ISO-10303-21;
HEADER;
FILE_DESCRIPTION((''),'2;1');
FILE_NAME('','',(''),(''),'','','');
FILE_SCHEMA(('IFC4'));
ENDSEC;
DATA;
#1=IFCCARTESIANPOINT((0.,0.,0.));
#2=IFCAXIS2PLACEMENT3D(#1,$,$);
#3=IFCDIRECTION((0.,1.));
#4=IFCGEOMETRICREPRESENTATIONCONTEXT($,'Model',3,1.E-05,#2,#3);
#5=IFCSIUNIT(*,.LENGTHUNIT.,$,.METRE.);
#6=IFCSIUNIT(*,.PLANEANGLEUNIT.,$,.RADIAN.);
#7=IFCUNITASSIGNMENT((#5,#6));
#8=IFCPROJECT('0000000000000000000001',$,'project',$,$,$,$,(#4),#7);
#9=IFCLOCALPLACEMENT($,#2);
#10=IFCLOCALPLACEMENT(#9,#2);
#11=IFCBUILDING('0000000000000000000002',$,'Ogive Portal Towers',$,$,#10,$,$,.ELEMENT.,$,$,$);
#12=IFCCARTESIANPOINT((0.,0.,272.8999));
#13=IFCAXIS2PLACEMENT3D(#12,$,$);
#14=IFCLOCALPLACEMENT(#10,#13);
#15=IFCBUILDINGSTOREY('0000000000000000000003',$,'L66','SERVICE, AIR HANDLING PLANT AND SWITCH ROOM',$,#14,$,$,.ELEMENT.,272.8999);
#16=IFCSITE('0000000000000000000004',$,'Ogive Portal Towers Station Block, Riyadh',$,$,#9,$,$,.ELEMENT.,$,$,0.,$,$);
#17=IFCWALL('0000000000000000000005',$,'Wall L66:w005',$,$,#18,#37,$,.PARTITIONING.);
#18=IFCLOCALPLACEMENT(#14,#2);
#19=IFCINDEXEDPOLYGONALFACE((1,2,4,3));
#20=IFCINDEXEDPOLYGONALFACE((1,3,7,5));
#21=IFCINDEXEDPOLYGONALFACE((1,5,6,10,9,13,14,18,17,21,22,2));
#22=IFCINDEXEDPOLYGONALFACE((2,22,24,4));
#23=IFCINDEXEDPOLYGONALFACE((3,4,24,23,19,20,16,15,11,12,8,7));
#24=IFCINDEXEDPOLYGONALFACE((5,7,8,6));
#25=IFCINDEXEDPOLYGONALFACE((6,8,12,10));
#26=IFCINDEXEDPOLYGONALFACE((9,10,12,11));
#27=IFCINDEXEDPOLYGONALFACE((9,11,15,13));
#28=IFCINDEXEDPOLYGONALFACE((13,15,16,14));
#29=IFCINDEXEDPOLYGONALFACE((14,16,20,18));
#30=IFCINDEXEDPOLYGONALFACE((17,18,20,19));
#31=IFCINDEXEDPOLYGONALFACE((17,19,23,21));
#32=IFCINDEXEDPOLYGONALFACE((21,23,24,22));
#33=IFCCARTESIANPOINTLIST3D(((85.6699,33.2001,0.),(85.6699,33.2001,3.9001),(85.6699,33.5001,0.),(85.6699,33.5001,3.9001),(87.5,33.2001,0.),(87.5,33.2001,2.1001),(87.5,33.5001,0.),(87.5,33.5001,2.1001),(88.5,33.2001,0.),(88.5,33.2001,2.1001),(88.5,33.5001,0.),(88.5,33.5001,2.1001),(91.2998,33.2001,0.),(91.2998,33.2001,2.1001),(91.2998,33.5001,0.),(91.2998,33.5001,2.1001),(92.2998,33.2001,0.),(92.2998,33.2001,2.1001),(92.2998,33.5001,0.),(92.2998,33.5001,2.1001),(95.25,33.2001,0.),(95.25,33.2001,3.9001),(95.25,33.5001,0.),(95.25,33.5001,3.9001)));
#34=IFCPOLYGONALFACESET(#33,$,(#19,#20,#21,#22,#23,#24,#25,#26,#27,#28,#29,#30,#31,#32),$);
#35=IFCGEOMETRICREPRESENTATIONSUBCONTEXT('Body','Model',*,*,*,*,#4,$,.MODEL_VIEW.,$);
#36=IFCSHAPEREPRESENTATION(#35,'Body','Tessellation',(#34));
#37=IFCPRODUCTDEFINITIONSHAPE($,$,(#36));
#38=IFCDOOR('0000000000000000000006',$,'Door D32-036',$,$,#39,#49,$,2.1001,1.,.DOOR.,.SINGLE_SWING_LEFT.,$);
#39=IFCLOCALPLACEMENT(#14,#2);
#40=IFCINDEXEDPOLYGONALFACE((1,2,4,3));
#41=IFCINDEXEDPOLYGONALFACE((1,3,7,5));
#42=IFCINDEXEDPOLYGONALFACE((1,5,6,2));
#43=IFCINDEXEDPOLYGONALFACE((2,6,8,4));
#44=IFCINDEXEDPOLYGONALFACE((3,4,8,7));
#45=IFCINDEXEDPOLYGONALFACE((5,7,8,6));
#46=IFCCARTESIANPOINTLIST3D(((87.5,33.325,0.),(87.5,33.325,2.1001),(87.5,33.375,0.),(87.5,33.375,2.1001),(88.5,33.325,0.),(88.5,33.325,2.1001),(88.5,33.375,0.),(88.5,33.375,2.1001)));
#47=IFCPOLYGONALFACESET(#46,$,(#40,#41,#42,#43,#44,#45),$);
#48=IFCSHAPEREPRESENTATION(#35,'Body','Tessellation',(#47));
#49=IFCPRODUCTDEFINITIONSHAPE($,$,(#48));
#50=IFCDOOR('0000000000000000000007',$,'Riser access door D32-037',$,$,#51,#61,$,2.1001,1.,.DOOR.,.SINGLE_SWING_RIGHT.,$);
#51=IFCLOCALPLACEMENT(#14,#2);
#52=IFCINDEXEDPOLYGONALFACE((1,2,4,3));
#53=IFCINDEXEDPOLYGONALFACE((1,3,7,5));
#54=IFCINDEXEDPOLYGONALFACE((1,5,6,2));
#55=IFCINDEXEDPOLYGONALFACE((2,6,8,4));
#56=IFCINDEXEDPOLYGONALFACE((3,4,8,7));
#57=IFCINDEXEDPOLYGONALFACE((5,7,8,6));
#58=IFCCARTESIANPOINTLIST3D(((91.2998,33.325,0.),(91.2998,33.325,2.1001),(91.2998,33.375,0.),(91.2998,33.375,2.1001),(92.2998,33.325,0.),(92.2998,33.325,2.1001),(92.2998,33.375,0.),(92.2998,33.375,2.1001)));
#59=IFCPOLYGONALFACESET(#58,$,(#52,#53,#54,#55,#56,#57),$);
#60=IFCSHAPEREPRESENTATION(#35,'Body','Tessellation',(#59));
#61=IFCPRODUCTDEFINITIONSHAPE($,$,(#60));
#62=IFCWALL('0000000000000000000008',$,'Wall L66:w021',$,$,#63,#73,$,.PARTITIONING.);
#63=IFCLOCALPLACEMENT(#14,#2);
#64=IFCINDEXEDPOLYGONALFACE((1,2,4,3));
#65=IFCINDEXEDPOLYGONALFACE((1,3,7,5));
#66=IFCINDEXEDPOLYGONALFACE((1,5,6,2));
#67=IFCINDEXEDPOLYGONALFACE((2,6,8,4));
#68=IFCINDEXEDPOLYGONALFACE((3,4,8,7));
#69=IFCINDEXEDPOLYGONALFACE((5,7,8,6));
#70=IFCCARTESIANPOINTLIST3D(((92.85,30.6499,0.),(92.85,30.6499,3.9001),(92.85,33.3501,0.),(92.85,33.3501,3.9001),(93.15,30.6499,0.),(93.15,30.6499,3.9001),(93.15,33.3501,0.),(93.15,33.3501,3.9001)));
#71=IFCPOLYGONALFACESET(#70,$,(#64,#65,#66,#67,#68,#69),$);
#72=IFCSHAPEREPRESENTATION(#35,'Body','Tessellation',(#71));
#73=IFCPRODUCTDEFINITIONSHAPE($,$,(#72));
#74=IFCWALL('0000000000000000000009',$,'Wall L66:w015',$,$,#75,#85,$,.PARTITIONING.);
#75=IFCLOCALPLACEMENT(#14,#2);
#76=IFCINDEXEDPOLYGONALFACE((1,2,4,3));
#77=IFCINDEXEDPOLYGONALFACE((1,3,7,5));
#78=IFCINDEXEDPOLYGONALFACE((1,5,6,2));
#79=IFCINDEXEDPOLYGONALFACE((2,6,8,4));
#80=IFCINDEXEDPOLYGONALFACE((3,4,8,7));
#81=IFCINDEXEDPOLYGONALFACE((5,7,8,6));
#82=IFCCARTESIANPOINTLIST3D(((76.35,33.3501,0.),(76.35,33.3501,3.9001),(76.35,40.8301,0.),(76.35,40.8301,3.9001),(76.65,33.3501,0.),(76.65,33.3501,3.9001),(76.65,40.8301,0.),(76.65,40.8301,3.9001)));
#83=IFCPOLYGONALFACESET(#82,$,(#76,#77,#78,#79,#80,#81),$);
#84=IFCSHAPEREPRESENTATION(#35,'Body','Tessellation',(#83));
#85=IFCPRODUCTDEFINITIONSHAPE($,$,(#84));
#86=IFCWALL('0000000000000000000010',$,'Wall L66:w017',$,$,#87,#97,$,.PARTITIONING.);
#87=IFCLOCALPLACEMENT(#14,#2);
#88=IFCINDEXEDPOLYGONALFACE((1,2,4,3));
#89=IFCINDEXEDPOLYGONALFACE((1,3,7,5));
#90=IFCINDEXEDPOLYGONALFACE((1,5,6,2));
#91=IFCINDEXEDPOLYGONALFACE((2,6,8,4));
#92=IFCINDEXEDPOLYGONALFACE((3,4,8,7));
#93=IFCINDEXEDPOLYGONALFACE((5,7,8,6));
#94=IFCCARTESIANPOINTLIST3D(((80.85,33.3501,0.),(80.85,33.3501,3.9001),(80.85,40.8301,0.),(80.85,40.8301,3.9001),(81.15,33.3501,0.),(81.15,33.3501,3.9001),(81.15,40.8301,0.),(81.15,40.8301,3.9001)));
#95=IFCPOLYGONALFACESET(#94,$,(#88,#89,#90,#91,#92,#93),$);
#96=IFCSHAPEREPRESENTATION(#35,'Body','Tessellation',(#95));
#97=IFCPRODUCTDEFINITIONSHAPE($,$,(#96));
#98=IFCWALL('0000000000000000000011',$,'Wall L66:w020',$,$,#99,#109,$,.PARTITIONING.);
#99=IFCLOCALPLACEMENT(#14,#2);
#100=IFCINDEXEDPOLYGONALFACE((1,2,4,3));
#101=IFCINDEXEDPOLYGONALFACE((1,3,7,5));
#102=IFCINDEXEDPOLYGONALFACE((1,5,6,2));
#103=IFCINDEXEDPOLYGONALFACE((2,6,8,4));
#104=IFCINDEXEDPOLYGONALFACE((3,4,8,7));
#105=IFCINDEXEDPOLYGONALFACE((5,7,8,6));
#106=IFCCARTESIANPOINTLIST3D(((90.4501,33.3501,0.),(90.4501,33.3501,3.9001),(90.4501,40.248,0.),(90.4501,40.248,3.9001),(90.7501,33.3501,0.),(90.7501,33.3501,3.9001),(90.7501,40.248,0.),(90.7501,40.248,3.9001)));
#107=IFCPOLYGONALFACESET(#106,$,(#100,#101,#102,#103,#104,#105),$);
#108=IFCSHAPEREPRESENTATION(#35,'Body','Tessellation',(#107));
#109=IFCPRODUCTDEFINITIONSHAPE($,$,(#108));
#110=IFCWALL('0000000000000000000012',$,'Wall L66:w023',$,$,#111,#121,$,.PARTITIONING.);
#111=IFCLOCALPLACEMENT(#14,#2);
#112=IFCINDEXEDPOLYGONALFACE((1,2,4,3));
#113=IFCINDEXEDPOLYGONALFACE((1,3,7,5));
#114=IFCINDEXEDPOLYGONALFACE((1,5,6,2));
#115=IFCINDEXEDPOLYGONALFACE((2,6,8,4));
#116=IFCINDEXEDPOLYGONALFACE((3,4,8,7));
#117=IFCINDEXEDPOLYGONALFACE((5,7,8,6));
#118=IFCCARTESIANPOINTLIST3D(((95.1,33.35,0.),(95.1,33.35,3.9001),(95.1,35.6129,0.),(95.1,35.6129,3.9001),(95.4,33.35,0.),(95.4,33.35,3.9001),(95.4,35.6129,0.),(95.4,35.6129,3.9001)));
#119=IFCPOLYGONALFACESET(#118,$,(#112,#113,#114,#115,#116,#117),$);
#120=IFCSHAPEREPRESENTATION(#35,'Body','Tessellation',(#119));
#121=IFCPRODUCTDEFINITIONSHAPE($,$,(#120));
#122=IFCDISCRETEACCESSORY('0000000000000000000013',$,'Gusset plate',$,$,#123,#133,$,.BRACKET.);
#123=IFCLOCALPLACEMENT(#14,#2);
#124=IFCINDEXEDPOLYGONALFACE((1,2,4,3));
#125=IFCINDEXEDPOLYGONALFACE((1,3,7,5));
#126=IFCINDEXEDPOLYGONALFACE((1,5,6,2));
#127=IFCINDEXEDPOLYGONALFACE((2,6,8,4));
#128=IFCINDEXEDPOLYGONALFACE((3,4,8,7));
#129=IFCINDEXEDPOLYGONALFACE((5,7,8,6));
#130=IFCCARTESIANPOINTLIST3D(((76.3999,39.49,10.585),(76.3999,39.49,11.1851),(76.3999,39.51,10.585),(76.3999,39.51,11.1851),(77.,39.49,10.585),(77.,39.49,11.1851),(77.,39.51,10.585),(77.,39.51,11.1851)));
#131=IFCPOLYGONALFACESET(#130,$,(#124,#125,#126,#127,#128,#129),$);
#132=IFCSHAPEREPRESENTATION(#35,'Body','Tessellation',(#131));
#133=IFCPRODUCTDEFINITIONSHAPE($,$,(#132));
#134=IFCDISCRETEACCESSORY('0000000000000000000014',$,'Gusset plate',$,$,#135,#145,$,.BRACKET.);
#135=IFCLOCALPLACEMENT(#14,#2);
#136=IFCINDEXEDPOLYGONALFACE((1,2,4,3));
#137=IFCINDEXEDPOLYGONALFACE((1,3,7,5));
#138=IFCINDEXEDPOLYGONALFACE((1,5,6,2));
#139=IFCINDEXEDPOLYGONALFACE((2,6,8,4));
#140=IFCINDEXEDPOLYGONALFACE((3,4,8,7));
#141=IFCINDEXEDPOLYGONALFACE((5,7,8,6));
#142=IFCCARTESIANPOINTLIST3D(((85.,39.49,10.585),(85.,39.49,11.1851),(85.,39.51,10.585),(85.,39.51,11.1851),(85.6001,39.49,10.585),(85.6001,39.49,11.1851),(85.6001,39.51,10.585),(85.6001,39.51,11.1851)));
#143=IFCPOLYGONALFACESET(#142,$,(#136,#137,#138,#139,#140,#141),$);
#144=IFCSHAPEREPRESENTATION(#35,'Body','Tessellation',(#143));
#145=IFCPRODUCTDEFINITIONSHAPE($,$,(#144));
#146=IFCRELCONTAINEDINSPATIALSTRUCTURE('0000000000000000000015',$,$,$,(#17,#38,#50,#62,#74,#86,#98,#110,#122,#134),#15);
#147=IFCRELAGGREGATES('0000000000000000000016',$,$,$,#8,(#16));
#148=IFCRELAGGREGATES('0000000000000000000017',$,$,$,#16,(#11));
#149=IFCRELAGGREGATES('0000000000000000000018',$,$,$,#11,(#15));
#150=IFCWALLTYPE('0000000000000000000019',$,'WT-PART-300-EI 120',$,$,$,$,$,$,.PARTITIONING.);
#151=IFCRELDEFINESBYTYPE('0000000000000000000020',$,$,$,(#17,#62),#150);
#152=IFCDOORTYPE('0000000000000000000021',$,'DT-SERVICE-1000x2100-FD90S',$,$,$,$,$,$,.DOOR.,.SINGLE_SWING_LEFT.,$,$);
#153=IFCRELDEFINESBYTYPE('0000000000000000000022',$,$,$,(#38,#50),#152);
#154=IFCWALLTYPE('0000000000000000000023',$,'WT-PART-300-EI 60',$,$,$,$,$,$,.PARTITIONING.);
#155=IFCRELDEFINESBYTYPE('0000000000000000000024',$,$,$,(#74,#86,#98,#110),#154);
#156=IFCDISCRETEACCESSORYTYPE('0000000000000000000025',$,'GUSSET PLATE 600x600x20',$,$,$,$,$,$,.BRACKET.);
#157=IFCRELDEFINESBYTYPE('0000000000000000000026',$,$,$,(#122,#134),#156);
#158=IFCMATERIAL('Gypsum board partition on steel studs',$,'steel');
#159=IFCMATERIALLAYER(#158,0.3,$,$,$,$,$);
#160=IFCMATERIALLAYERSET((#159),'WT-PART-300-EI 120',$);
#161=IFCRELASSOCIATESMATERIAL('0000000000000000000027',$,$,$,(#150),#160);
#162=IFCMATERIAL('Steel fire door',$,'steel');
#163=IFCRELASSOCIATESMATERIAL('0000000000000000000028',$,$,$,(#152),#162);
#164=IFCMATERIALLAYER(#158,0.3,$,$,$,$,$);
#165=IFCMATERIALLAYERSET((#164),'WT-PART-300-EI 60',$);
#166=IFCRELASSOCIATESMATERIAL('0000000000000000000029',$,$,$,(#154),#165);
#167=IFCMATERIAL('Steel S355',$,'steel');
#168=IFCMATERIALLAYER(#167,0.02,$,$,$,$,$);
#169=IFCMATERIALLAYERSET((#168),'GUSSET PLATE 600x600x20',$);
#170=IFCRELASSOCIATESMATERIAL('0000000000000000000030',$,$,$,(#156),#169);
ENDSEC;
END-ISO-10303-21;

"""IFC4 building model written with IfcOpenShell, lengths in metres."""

from ifc_helpers import new_model, si_unit, direction, frame, frame_2d, origin, origin_2d, place, context, subcontext, project, spatial, rectangle, extrude, material, layer, layer_set, type_object, element, fill, save


model = new_model("IFC4")

# Units and contexts
model_context = context("Model", 3, precision=1e-05, world=origin(), true_north=direction((0.0, 1.0)))
body_context = subcontext(model_context, "Body", "Model", "MODEL_VIEW")
ifc_project = project(units=[si_unit("LENGTHUNIT", "METRE"), si_unit("PLANEANGLEUNIT", "RADIAN")], contexts=[model_context])

# Site, building, storey
site_placement = place(None, origin())
site = spatial("IfcSite", under=ifc_project, at=site_placement, Name="Ogive Portal Towers Station Block, Riyadh", CompositionType="ELEMENT", RefElevation=0.0)
building_placement = place(site_placement, origin())
building = spatial("IfcBuilding", under=site, at=building_placement, Name="Ogive Portal Towers", CompositionType="ELEMENT")
storey_placement = place(building_placement, frame((0.0, 0.0, 272.8999)))
storey = spatial("IfcBuildingStorey", under=building, at=storey_placement, Name="L66", Description="SERVICE, AIR HANDLING PLANT AND SWITCH ROOM", CompositionType="ELEMENT", Elevation=272.8999)

# Shared definitions
ifc_material_1 = material(Name="Steel S355", Category="steel")

# Wall, openings, doors
ifc_material_2 = material(Name="Gypsum board partition on steel studs", Category="steel")
ifc_layer_1 = layer(ifc_material_2, 0.3)
ifc_layer_set_1 = layer_set([ifc_layer_1], Name="WT-PART-300-EI 120")
wall_type_1 = type_object("IfcWallType", Name="WT-PART-300-EI 120", PredefinedType="PARTITIONING", material=ifc_layer_set_1)
wall_1_placement = place(storey_placement, frame((85.6699, 33.3501, 0.0), z_axis=(0.0, 0.0, 1.0), x_axis=(1.0, 0.0, 0.0)))
wall_1 = element("IfcWall", 1, at=wall_1_placement, inside=storey, type_object=wall_type_1, Name="Wall L66:w005", PredefinedType="PARTITIONING", context=body_context, shape_type="SweptSolid", body=[
    extrude(rectangle(XDim=9.5801, YDim=0.3, at=frame_2d((4.79, 0.0))), origin(), (0.0, 0.0, 1.0), 3.9001),
])
opening_1_placement = place(wall_1_placement, frame((1.8301, 0.0, 0.0)))
opening_1 = element("IfcOpeningElement", 2, at=opening_1_placement, cuts=wall_1, PredefinedType="OPENING", context=body_context, shape_type="SweptSolid", body=[
    extrude(rectangle(XDim=1.0, YDim=2.1001, at=frame_2d((0.5, 1.05))), frame((0.0, 0.1602, 0.0), z_axis=(0.0, -1.0, 0.0), x_axis=(1.0, 0.0, 0.0)), (0.0, 0.0, 1.0), 0.3201),
])
opening_2_placement = place(wall_1_placement, frame((5.6299, 0.0, 0.0)))
opening_2 = element("IfcOpeningElement", 3, at=opening_2_placement, cuts=wall_1, PredefinedType="OPENING", context=body_context, shape_type="SweptSolid", body=[
    extrude(rectangle(XDim=1.0, YDim=2.1001, at=frame_2d((0.5, 1.05))), frame((0.0, 0.1602, 0.0), z_axis=(0.0, -1.0, 0.0), x_axis=(1.0, 0.0, 0.0)), (0.0, 0.0, 1.0), 0.3201),
])
ifc_material_3 = material(Name="Steel fire door", Category="steel")
door_type = type_object("IfcDoorType", Name="DT-SERVICE-1000x2100-FD90S", OperationType="SINGLE_SWING_LEFT", PredefinedType="DOOR", material=ifc_material_3)
door_1_placement = place(opening_1_placement, origin())
door_1 = element("IfcDoor", 4, at=door_1_placement, inside=storey, type_object=door_type, Name="Door D32-036", OperationType="SINGLE_SWING_LEFT", OverallHeight=2.1001, OverallWidth=1.0, PredefinedType="DOOR", context=body_context, shape_type="SweptSolid", body=[
    extrude(rectangle(XDim=1.0, YDim=2.1001, at=frame_2d((0.5, 1.05))), frame((0.0, 0.0249, 0.0), z_axis=(0.0, -1.0, 0.0), x_axis=(1.0, 0.0, 0.0)), (0.0, 0.0, 1.0), 0.05),
])
fill(opening_1, door_1)
door_2_placement = place(opening_2_placement, origin())
door_2 = element("IfcDoor", 5, at=door_2_placement, inside=storey, type_object=door_type, Name="Riser access door D32-037", OperationType="SINGLE_SWING_RIGHT", OverallHeight=2.1001, OverallWidth=1.0, PredefinedType="DOOR", context=body_context, shape_type="SweptSolid", body=[
    extrude(rectangle(XDim=1.0, YDim=2.1001, at=frame_2d((0.5, 1.05))), frame((0.0, 0.0249, 0.0), z_axis=(0.0, -1.0, 0.0), x_axis=(1.0, 0.0, 0.0)), (0.0, 0.0, 1.0), 0.05),
])
fill(opening_2, door_2)

# Walls
wall_2_placement = place(storey_placement, frame((93.0, 30.6499, 0.0), z_axis=(0.0, 0.0, 1.0), x_axis=(0.0, 1.0, 0.0)))
element("IfcWall", 6, at=wall_2_placement, inside=storey, type_object=wall_type_1, Name="Wall L66:w021", PredefinedType="PARTITIONING", context=body_context, shape_type="SweptSolid", body=[
    extrude(rectangle(XDim=2.7002, YDim=0.3, at=frame_2d((1.3501, 0.0))), origin(), (0.0, 0.0, 1.0), 3.9001),
])
ifc_layer_2 = layer(ifc_material_2, 0.3)
ifc_layer_set_2 = layer_set([ifc_layer_2], Name="WT-PART-300-EI 60")
wall_type_2 = type_object("IfcWallType", Name="WT-PART-300-EI 60", PredefinedType="PARTITIONING", material=ifc_layer_set_2)
for number, where, z_axis, x_axis, name in (
    (7, (76.5, 33.3501, 0.0), (0.0, 0.0, 1.0), (0.0, 1.0, 0.0), "Wall L66:w015"),
    (8, (81.0, 33.3501, 0.0), (0.0, 0.0, 1.0), (0.0, 1.0, 0.0), "Wall L66:w017"),
):
    element("IfcWall", number, at=place(storey_placement, frame(where, z_axis=z_axis, x_axis=x_axis)), inside=storey, type_object=wall_type_2, Name=name, PredefinedType="PARTITIONING", context=body_context, shape_type="SweptSolid", body=[
        extrude(rectangle(XDim=7.48, YDim=0.3, at=frame_2d((3.74, 0.0))), origin(), (0.0, 0.0, 1.0), 3.9001),
    ])
wall_3_placement = place(storey_placement, frame((90.6001, 33.3501, 0.0), z_axis=(0.0, 0.0, 1.0), x_axis=(0.0, 1.0, 0.0)))
element("IfcWall", 9, at=wall_3_placement, inside=storey, type_object=wall_type_2, Name="Wall L66:w020", PredefinedType="PARTITIONING", context=body_context, shape_type="SweptSolid", body=[
    extrude(rectangle(XDim=6.8979, YDim=0.3, at=frame_2d((3.449, 0.0))), origin(), (0.0, 0.0, 1.0), 3.9001),
])
wall_4_placement = place(storey_placement, frame((95.25, 33.3501, 0.0), z_axis=(0.0, 0.0, 1.0), x_axis=(0.0, 1.0, 0.0)))
element("IfcWall", 10, at=wall_4_placement, inside=storey, type_object=wall_type_2, Name="Wall L66:w023", PredefinedType="PARTITIONING", context=body_context, shape_type="SweptSolid", body=[
    extrude(rectangle(XDim=2.2629, YDim=0.3, at=frame_2d((1.1313, 0.0))), origin(), (0.0, 0.0, 1.0), 3.9001),
])

# Discrete accessories
ifc_layer_3 = layer(ifc_material_1, 0.02)
ifc_layer_set_3 = layer_set([ifc_layer_3], Name="GUSSET PLATE 600x600x20")
discrete_accessory_type = type_object("IfcDiscreteAccessoryType", Name="GUSSET PLATE 600x600x20", PredefinedType="BRACKET", material=ifc_layer_set_3)
for number, where, z_axis, x_axis, name in (
    (11, (76.7, 39.5, 10.585), (0.0, 0.0, 1.0), (1.0, 0.0, 0.0), "Gusset plate"),
    (12, (85.3, 39.5, 10.585), (0.0, 0.0, 1.0), (1.0, 0.0, 0.0), "Gusset plate"),
):
    element("IfcDiscreteAccessory", number, at=place(storey_placement, frame(where, z_axis=z_axis, x_axis=x_axis)), inside=storey, type_object=discrete_accessory_type, Name=name, PredefinedType="BRACKET", context=body_context, shape_type="SweptSolid", body=[
        extrude(rectangle(XDim=0.6001, YDim=0.02, at=origin_2d()), origin(), (0.0, 0.0, 1.0), 0.6001),
    ])

save(model, "model.ifc")
